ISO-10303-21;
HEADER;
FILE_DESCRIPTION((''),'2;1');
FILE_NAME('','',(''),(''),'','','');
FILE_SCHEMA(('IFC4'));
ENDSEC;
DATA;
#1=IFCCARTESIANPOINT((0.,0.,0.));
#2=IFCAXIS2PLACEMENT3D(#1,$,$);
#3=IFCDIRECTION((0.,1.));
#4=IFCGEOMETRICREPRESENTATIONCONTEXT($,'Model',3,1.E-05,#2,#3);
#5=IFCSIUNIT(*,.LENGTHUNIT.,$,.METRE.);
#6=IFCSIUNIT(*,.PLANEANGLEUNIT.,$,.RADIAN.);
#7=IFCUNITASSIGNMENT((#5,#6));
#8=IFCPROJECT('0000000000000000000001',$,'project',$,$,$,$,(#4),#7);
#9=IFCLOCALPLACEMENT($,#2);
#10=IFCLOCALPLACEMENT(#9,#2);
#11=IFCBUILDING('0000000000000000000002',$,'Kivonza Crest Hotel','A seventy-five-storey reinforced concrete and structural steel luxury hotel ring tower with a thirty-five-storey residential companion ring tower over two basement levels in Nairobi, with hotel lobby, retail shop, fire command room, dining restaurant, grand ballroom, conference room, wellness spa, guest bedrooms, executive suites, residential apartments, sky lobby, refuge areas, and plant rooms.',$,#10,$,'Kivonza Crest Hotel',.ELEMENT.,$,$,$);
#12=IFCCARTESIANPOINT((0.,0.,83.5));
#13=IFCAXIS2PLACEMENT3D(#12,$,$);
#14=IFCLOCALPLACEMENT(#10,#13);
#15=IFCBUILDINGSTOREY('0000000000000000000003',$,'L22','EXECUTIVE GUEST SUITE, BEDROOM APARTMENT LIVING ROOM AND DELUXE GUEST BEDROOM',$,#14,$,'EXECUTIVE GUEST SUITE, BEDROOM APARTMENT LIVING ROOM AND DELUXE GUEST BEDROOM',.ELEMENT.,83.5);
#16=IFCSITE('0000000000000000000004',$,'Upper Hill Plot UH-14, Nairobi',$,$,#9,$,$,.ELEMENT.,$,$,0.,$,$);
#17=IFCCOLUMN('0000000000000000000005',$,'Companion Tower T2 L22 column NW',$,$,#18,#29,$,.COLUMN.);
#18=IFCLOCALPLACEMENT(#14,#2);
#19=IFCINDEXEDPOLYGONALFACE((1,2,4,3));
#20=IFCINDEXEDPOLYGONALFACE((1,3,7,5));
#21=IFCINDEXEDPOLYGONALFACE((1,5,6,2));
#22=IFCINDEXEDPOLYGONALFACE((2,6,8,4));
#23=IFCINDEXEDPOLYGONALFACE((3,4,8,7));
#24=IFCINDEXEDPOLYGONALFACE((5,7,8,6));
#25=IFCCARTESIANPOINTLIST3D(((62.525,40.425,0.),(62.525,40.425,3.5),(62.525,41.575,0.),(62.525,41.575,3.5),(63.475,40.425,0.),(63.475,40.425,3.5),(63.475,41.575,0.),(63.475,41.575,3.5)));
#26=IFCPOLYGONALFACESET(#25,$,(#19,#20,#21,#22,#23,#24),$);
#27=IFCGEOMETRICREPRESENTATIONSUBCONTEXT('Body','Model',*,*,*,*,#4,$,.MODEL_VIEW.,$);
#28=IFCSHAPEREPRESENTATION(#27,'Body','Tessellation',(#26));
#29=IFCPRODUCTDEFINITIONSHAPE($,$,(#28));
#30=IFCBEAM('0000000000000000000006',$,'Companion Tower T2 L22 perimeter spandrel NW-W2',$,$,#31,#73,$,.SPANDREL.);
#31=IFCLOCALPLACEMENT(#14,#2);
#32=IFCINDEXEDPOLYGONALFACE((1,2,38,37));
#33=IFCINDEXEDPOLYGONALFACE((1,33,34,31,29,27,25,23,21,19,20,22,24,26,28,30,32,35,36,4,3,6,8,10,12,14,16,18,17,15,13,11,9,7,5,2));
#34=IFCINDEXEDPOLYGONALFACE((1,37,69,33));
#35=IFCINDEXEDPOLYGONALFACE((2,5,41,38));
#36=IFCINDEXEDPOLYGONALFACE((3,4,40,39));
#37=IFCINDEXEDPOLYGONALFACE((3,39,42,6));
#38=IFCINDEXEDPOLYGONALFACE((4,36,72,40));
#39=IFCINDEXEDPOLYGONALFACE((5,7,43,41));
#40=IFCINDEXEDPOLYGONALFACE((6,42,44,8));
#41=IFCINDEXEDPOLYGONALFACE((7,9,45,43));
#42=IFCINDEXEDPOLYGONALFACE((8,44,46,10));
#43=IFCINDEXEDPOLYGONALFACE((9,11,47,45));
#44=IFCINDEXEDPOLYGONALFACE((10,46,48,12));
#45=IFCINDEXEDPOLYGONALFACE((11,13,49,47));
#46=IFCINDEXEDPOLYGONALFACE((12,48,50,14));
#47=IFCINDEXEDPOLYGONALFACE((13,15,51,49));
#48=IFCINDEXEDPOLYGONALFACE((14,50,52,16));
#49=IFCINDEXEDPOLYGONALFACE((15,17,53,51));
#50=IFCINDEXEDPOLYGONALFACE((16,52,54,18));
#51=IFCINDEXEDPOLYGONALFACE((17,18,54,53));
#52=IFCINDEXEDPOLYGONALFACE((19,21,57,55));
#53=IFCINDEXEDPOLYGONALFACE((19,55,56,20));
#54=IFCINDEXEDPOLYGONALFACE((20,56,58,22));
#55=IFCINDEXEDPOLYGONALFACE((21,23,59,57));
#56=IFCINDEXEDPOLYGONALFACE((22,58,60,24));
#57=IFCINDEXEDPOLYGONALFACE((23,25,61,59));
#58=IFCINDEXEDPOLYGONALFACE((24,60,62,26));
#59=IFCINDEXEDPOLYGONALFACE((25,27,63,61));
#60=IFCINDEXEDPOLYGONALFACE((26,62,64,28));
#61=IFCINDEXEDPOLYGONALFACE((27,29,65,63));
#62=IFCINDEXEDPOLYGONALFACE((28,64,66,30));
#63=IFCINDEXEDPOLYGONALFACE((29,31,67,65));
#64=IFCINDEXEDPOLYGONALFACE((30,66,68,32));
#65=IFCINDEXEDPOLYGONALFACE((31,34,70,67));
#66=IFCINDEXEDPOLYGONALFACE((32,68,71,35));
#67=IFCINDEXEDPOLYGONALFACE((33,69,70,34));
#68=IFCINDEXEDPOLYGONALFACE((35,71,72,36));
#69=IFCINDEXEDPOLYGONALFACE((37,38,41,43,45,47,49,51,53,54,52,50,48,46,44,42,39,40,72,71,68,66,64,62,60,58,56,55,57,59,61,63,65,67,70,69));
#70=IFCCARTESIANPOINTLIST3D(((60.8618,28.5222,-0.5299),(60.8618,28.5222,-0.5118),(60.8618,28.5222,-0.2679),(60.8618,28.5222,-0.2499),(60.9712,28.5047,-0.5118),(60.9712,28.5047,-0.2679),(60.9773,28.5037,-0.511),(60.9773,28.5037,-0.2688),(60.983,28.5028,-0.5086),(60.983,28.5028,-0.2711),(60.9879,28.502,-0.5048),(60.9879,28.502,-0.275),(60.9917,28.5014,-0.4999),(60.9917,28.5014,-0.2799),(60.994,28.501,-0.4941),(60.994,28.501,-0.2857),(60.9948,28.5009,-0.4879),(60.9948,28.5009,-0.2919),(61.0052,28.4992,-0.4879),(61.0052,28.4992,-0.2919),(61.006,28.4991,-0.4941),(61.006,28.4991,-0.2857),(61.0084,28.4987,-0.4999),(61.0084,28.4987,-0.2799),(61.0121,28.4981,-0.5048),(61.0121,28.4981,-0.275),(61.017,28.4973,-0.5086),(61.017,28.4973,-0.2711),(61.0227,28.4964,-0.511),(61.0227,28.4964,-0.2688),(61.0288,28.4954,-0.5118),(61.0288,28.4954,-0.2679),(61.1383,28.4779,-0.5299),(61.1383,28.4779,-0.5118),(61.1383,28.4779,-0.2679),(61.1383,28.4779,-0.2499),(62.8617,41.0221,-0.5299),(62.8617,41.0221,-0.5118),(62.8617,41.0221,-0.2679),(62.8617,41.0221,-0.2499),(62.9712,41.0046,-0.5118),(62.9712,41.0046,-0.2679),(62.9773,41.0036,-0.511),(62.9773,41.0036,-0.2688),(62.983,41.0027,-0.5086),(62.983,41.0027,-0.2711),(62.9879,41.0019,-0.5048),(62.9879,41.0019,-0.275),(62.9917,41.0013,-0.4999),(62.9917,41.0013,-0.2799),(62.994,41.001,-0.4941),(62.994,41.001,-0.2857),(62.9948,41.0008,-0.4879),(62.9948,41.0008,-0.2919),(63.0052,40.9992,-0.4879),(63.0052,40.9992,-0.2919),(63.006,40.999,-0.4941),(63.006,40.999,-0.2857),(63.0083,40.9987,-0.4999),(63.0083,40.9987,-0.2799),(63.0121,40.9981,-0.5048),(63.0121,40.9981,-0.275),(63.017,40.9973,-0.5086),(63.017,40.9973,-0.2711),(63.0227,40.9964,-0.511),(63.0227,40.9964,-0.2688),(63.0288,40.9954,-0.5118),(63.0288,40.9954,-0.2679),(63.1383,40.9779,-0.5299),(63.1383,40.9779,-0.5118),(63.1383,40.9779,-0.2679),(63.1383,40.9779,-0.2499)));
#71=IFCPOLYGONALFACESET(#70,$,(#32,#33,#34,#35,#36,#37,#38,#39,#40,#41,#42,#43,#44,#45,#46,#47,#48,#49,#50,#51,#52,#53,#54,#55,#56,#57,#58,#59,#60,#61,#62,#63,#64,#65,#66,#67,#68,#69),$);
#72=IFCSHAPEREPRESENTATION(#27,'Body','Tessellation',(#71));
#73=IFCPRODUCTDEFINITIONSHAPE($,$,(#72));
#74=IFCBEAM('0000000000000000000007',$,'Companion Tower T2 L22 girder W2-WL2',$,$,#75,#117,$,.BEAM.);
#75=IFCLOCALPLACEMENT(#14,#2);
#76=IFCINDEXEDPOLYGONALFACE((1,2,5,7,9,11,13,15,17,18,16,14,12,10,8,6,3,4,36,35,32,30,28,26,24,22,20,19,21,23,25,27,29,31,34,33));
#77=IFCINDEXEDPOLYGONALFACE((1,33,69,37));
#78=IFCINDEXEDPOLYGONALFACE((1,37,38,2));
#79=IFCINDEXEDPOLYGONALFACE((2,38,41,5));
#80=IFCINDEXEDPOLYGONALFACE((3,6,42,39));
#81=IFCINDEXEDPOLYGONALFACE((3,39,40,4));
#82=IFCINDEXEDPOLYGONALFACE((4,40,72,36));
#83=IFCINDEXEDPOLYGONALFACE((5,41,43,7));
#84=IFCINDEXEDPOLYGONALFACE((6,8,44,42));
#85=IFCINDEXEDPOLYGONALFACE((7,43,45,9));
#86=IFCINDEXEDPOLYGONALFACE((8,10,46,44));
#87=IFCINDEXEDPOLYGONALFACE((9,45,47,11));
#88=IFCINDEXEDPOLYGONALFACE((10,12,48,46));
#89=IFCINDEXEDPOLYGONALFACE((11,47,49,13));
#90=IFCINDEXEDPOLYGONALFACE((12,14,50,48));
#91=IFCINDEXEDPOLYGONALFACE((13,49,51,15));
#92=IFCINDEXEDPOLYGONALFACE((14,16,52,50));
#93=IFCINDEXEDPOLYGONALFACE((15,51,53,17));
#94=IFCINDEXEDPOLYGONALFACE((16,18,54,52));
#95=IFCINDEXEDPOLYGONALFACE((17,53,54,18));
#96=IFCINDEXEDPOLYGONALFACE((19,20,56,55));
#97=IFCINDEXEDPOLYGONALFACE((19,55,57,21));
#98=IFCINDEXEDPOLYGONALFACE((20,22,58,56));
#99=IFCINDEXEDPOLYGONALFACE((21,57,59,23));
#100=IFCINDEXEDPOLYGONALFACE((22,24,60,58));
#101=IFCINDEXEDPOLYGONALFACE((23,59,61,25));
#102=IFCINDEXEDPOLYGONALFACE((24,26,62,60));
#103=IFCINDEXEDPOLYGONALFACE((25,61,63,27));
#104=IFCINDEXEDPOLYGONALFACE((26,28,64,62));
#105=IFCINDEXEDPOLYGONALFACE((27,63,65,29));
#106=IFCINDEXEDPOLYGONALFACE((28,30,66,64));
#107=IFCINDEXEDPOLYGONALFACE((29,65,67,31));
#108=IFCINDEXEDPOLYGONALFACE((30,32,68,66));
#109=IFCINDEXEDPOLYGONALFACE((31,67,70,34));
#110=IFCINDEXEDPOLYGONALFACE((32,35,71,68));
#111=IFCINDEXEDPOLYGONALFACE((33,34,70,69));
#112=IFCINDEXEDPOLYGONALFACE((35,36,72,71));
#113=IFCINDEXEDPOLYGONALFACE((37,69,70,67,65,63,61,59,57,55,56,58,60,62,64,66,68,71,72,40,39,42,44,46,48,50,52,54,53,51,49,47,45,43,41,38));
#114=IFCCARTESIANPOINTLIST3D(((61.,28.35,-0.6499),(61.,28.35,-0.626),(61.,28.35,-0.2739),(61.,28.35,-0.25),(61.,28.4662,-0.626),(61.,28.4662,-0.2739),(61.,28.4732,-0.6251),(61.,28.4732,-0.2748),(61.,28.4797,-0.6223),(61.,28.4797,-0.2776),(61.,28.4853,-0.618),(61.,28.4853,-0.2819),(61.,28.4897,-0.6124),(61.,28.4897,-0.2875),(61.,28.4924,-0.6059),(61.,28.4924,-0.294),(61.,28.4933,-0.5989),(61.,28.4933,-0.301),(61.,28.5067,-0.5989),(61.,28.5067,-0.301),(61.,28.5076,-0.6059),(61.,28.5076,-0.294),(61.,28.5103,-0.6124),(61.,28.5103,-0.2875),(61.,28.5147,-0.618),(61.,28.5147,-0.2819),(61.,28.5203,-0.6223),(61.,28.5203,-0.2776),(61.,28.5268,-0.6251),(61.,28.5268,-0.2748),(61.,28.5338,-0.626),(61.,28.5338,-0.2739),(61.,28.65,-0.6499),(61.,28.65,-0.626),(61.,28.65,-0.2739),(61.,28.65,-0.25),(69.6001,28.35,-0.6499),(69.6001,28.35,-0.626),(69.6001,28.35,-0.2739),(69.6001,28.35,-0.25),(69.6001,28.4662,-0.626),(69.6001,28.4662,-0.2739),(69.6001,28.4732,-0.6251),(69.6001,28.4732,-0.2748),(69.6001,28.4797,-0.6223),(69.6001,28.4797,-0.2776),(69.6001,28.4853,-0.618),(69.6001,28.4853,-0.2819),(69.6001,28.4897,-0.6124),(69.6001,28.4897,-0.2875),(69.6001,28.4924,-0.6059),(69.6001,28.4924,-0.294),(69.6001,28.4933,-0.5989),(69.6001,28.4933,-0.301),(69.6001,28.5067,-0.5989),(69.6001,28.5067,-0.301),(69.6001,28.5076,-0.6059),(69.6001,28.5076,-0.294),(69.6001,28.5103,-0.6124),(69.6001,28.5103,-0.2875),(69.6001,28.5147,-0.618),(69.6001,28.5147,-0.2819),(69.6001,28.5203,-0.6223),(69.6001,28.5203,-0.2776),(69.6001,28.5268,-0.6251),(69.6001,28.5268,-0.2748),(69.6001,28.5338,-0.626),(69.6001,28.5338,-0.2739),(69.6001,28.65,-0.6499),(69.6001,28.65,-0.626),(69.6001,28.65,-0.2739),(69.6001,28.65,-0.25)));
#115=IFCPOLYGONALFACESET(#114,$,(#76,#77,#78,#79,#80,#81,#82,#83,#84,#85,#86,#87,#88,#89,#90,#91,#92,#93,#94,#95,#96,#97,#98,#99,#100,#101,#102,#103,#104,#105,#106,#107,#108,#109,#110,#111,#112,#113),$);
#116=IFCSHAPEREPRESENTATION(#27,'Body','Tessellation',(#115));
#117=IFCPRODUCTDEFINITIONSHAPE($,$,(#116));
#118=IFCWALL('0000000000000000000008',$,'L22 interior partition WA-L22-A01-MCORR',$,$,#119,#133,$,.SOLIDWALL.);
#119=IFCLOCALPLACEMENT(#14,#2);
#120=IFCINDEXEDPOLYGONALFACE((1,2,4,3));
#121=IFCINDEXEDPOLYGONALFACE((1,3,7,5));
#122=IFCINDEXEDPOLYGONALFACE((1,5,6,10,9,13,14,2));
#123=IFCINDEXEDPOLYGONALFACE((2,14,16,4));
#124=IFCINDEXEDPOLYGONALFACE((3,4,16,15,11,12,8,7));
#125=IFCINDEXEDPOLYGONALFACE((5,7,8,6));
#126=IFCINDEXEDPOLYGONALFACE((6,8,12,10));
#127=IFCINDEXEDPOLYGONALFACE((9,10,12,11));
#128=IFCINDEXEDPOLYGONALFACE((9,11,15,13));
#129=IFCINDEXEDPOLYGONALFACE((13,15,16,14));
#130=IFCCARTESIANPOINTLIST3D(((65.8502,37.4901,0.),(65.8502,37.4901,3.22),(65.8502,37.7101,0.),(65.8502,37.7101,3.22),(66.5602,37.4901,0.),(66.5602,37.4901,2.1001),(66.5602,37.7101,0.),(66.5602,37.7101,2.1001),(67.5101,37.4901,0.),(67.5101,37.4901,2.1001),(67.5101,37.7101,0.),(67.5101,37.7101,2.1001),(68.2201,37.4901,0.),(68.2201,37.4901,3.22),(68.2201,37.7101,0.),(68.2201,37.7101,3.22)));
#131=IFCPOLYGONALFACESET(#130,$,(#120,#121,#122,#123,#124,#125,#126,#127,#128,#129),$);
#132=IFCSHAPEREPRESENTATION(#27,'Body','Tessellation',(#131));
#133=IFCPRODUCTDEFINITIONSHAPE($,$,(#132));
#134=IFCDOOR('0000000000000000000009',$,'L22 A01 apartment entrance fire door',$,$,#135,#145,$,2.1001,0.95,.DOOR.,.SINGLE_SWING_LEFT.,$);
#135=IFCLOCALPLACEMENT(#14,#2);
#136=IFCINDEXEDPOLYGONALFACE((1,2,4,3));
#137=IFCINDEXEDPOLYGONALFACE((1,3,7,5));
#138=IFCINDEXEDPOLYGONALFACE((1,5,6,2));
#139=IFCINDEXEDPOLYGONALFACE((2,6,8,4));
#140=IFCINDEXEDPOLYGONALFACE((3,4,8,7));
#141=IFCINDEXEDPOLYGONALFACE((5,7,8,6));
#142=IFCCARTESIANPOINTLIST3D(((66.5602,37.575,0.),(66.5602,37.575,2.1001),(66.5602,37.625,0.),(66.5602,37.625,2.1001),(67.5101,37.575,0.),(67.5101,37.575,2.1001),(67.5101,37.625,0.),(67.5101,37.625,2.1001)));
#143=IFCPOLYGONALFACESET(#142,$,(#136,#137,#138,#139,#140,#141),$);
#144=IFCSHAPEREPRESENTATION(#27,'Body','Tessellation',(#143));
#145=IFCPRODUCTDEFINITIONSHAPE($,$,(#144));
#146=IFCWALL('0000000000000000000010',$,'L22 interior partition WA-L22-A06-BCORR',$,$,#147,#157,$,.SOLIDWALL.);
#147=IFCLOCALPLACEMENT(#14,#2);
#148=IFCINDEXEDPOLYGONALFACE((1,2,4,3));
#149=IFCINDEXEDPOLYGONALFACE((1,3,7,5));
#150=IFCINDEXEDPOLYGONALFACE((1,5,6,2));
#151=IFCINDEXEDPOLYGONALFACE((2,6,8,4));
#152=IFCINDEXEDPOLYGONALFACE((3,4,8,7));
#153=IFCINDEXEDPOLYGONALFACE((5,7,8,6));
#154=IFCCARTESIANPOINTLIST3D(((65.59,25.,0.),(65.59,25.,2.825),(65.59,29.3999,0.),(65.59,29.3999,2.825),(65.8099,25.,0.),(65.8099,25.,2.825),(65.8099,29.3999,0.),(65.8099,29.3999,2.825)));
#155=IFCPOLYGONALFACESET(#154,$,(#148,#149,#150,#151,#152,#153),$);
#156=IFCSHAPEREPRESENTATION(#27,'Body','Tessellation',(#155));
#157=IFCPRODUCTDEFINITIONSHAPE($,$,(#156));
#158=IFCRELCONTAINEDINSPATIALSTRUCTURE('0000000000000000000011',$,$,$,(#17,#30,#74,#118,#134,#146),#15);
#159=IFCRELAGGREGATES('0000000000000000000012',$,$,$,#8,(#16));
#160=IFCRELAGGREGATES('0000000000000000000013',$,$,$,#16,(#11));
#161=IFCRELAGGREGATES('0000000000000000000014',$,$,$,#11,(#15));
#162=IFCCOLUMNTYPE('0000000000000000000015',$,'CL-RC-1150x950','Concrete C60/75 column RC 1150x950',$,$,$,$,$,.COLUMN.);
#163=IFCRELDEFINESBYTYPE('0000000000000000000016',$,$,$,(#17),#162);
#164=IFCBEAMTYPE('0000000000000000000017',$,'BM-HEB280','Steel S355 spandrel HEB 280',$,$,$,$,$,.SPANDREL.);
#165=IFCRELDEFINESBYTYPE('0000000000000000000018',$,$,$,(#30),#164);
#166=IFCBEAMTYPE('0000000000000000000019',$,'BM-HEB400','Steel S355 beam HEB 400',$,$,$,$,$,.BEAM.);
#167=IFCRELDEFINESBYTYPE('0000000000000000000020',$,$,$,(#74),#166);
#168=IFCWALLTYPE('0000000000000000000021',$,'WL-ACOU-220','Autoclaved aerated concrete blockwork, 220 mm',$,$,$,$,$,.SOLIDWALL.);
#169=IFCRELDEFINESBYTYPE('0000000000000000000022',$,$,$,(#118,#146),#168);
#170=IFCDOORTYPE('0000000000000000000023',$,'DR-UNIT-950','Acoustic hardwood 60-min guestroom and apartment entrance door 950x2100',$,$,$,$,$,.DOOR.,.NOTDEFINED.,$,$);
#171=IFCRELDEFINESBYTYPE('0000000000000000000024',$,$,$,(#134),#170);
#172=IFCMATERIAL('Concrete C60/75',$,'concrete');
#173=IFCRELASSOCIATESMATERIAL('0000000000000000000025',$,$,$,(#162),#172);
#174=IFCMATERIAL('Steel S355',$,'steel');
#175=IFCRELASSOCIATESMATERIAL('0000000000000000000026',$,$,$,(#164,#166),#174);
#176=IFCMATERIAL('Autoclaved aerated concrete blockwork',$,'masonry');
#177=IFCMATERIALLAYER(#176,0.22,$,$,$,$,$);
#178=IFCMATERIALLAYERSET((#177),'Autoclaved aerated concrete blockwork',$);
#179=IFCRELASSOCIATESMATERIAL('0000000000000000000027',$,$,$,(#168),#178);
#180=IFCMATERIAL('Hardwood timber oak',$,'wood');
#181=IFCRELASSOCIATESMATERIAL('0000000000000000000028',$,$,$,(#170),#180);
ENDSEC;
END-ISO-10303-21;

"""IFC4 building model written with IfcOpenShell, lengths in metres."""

from ifc_helpers import new_model, si_unit, direction, frame, frame_2d, origin, origin_2d, place, context, subcontext, project, spatial, rectangle, i_section, extrude, material, layer, layer_set, material_profile, profile_set, type_object, element, fill, save


model = new_model("IFC4")

# Units and contexts
model_context = context("Model", 3, precision=1e-05, world=origin(), true_north=direction((0.0, 1.0)))
body_context = subcontext(model_context, "Body", "Model", "MODEL_VIEW")
ifc_project = project(units=[si_unit("LENGTHUNIT", "METRE"), si_unit("PLANEANGLEUNIT", "RADIAN")], contexts=[model_context])

# Site, building, storey
site_placement = place(None, origin())
site = spatial("IfcSite", under=ifc_project, at=site_placement, Name="Upper Hill Plot UH-14, Nairobi", CompositionType="ELEMENT", RefElevation=0.0)
building_placement = place(site_placement, origin())
building = spatial("IfcBuilding", under=site, at=building_placement, Name="Kivonza Crest Hotel", Description="A seventy-five-storey reinforced concrete and structural steel luxury hotel ring tower with a thirty-five-storey residential companion ring tower over two basement levels in Nairobi, with hotel lobby, retail shop, fire command room, dining restaurant, grand ballroom, conference room, wellness spa, guest bedrooms, executive suites, residential apartments, sky lobby, refuge areas, and plant rooms.", LongName="Kivonza Crest Hotel", CompositionType="ELEMENT")
storey_placement = place(building_placement, frame((0.0, 0.0, 83.5)))
storey = spatial("IfcBuildingStorey", under=building, at=storey_placement, Name="L22", Description="EXECUTIVE GUEST SUITE, BEDROOM APARTMENT LIVING ROOM AND DELUXE GUEST BEDROOM", LongName="EXECUTIVE GUEST SUITE, BEDROOM APARTMENT LIVING ROOM AND DELUXE GUEST BEDROOM", CompositionType="ELEMENT", Elevation=83.5)

# Column
ifc_material_1 = material(Name="Concrete C60/75", Category="concrete")
ifc_material_profile_1 = material_profile(ifc_material_1, rectangle(XDim=0.95, YDim=1.1499, at=origin_2d()), Name="RC 1150x950")
ifc_profile_set_1 = profile_set([ifc_material_profile_1], Name="Concrete C60/75")
column_type = type_object("IfcColumnType", Name="CL-RC-1150x950", Description="Concrete C60/75 column RC 1150x950", PredefinedType="COLUMN", material=ifc_profile_set_1)
column_placement = place(storey_placement, frame((63.0, 41.0, 0.0), z_axis=(0.0, 0.0, 1.0), x_axis=(1.0, 0.0, 0.0)))
element("IfcColumn", 1, at=column_placement, inside=storey, type_object=column_type, Name="Companion Tower T2 L22 column NW", PredefinedType="COLUMN", context=body_context, shape_type="SweptSolid", body=[
    extrude(rectangle(XDim=0.95, YDim=1.1499, at=origin_2d()), origin(), (0.0, 0.0, 1.0), 3.5),
])

# Beams
ifc_material_2 = material(Name="Steel S355", Category="steel")
ifc_material_profile_2 = material_profile(ifc_material_2, i_section(OverallWidth=0.28, OverallDepth=0.28, WebThickness=0.0105, FlangeThickness=0.0181, FilletRadius=0.0239, at=origin_2d()), Name="HEB 280")
ifc_profile_set_2 = profile_set([ifc_material_profile_2], Name="Steel S355")
beam_type_1 = type_object("IfcBeamType", Name="BM-HEB280", Description="Steel S355 spandrel HEB 280", PredefinedType="SPANDREL", material=ifc_profile_set_2)
beam_1_placement = place(storey_placement, frame((63.0, 41.0, -0.3899), z_axis=(-0.157991, -0.987441, 0.0), x_axis=(0.987441, -0.157991, 0.0)))
element("IfcBeam", 2, at=beam_1_placement, inside=storey, type_object=beam_type_1, Name="Companion Tower T2 L22 perimeter spandrel NW-W2", PredefinedType="SPANDREL", context=body_context, shape_type="SweptSolid", body=[
    extrude(i_section(OverallWidth=0.28, OverallDepth=0.28, WebThickness=0.0105, FlangeThickness=0.0181, FilletRadius=0.0239, at=origin_2d()), origin(), (0.0, 0.0, 1.0), 12.6589),
])
ifc_material_profile_3 = material_profile(ifc_material_2, i_section(OverallWidth=0.3, OverallDepth=0.3999, WebThickness=0.0134, FlangeThickness=0.0239, FilletRadius=0.0271, at=origin_2d()), Name="HEB 400")
ifc_profile_set_3 = profile_set([ifc_material_profile_3], Name="Steel S355")
beam_type_2 = type_object("IfcBeamType", Name="BM-HEB400", Description="Steel S355 beam HEB 400", PredefinedType="BEAM", material=ifc_profile_set_3)
beam_2_placement = place(storey_placement, frame((61.0, 28.5, -0.45), z_axis=(1.0, 0.0, 0.0), x_axis=(0.0, 1.0, 0.0)))
element("IfcBeam", 3, at=beam_2_placement, inside=storey, type_object=beam_type_2, Name="Companion Tower T2 L22 girder W2-WL2", PredefinedType="BEAM", context=body_context, shape_type="SweptSolid", body=[
    extrude(i_section(OverallWidth=0.3, OverallDepth=0.3999, WebThickness=0.0134, FlangeThickness=0.0239, FilletRadius=0.0271, at=origin_2d()), origin(), (0.0, 0.0, 1.0), 8.6001),
])

# Wall, opening, door
ifc_material_3 = material(Name="Autoclaved aerated concrete blockwork", Category="masonry")
ifc_layer_1 = layer(ifc_material_3, 0.22)
ifc_layer_set_1 = layer_set([ifc_layer_1], Name="Autoclaved aerated concrete blockwork")
wall_type_1 = type_object("IfcWallType", Name="WL-ACOU-220", Description="Autoclaved aerated concrete blockwork, 220 mm", PredefinedType="SOLIDWALL", material=ifc_layer_set_1)
wall_1_placement = place(storey_placement, frame((65.8501, 37.6001, 0.0), z_axis=(0.0, 0.0, 1.0), x_axis=(1.0, 0.0, 0.0)))
wall_1 = element("IfcWall", 4, at=wall_1_placement, inside=storey, type_object=wall_type_1, Name="L22 interior partition WA-L22-A01-MCORR", PredefinedType="SOLIDWALL", context=body_context, shape_type="SweptSolid", body=[
    extrude(rectangle(XDim=2.3699, YDim=0.22, at=frame_2d((1.1851, 0.0))), origin(), (0.0, 0.0, 1.0), 3.22),
])
opening_1_placement = place(wall_1_placement, frame((0.71, 0.0, 0.0)))
opening_1 = element("IfcOpeningElement", 5, at=opening_1_placement, cuts=wall_1, PredefinedType="OPENING", context=body_context, shape_type="SweptSolid", body=[
    extrude(rectangle(XDim=0.95, YDim=2.1001, at=frame_2d((0.4751, 1.05))), frame((0.0, 0.1201, 0.0), z_axis=(0.0, -1.0, 0.0), x_axis=(1.0, 0.0, 0.0)), (0.0, 0.0, 1.0), 0.24),
])
ifc_material_4 = material(Name="Hardwood timber oak", Category="wood")
door_type_1 = type_object("IfcDoorType", Name="DR-UNIT-950", Description="Acoustic hardwood 60-min guestroom and apartment entrance door 950x2100", OperationType="NOTDEFINED", PredefinedType="DOOR", material=ifc_material_4)
door_1_placement = place(opening_1_placement, origin())
door_1 = element("IfcDoor", 6, at=door_1_placement, inside=storey, type_object=door_type_1, Name="L22 A01 apartment entrance fire door", OperationType="SINGLE_SWING_LEFT", OverallHeight=2.1001, OverallWidth=0.95, PredefinedType="DOOR", context=body_context, shape_type="SweptSolid", body=[
    extrude(rectangle(XDim=0.95, YDim=2.1001, at=frame_2d((0.4751, 1.05))), frame((0.0, 0.0249, 0.0), z_axis=(0.0, -1.0, 0.0), x_axis=(1.0, 0.0, 0.0)), (0.0, 0.0, 1.0), 0.05),
])
fill(opening_1, door_1)

# Wall
wall_2_placement = place(storey_placement, frame((65.7, 25.0, 0.0), z_axis=(0.0, 0.0, 1.0), x_axis=(0.0, 1.0, 0.0)))
element("IfcWall", 7, at=wall_2_placement, inside=storey, type_object=wall_type_1, Name="L22 interior partition WA-L22-A06-BCORR", PredefinedType="SOLIDWALL", context=body_context, shape_type="SweptSolid", body=[
    extrude(rectangle(XDim=4.3999, YDim=0.22, at=frame_2d((2.2, 0.0))), origin(), (0.0, 0.0, 1.0), 2.825),
])

save(model, "model.ifc")
